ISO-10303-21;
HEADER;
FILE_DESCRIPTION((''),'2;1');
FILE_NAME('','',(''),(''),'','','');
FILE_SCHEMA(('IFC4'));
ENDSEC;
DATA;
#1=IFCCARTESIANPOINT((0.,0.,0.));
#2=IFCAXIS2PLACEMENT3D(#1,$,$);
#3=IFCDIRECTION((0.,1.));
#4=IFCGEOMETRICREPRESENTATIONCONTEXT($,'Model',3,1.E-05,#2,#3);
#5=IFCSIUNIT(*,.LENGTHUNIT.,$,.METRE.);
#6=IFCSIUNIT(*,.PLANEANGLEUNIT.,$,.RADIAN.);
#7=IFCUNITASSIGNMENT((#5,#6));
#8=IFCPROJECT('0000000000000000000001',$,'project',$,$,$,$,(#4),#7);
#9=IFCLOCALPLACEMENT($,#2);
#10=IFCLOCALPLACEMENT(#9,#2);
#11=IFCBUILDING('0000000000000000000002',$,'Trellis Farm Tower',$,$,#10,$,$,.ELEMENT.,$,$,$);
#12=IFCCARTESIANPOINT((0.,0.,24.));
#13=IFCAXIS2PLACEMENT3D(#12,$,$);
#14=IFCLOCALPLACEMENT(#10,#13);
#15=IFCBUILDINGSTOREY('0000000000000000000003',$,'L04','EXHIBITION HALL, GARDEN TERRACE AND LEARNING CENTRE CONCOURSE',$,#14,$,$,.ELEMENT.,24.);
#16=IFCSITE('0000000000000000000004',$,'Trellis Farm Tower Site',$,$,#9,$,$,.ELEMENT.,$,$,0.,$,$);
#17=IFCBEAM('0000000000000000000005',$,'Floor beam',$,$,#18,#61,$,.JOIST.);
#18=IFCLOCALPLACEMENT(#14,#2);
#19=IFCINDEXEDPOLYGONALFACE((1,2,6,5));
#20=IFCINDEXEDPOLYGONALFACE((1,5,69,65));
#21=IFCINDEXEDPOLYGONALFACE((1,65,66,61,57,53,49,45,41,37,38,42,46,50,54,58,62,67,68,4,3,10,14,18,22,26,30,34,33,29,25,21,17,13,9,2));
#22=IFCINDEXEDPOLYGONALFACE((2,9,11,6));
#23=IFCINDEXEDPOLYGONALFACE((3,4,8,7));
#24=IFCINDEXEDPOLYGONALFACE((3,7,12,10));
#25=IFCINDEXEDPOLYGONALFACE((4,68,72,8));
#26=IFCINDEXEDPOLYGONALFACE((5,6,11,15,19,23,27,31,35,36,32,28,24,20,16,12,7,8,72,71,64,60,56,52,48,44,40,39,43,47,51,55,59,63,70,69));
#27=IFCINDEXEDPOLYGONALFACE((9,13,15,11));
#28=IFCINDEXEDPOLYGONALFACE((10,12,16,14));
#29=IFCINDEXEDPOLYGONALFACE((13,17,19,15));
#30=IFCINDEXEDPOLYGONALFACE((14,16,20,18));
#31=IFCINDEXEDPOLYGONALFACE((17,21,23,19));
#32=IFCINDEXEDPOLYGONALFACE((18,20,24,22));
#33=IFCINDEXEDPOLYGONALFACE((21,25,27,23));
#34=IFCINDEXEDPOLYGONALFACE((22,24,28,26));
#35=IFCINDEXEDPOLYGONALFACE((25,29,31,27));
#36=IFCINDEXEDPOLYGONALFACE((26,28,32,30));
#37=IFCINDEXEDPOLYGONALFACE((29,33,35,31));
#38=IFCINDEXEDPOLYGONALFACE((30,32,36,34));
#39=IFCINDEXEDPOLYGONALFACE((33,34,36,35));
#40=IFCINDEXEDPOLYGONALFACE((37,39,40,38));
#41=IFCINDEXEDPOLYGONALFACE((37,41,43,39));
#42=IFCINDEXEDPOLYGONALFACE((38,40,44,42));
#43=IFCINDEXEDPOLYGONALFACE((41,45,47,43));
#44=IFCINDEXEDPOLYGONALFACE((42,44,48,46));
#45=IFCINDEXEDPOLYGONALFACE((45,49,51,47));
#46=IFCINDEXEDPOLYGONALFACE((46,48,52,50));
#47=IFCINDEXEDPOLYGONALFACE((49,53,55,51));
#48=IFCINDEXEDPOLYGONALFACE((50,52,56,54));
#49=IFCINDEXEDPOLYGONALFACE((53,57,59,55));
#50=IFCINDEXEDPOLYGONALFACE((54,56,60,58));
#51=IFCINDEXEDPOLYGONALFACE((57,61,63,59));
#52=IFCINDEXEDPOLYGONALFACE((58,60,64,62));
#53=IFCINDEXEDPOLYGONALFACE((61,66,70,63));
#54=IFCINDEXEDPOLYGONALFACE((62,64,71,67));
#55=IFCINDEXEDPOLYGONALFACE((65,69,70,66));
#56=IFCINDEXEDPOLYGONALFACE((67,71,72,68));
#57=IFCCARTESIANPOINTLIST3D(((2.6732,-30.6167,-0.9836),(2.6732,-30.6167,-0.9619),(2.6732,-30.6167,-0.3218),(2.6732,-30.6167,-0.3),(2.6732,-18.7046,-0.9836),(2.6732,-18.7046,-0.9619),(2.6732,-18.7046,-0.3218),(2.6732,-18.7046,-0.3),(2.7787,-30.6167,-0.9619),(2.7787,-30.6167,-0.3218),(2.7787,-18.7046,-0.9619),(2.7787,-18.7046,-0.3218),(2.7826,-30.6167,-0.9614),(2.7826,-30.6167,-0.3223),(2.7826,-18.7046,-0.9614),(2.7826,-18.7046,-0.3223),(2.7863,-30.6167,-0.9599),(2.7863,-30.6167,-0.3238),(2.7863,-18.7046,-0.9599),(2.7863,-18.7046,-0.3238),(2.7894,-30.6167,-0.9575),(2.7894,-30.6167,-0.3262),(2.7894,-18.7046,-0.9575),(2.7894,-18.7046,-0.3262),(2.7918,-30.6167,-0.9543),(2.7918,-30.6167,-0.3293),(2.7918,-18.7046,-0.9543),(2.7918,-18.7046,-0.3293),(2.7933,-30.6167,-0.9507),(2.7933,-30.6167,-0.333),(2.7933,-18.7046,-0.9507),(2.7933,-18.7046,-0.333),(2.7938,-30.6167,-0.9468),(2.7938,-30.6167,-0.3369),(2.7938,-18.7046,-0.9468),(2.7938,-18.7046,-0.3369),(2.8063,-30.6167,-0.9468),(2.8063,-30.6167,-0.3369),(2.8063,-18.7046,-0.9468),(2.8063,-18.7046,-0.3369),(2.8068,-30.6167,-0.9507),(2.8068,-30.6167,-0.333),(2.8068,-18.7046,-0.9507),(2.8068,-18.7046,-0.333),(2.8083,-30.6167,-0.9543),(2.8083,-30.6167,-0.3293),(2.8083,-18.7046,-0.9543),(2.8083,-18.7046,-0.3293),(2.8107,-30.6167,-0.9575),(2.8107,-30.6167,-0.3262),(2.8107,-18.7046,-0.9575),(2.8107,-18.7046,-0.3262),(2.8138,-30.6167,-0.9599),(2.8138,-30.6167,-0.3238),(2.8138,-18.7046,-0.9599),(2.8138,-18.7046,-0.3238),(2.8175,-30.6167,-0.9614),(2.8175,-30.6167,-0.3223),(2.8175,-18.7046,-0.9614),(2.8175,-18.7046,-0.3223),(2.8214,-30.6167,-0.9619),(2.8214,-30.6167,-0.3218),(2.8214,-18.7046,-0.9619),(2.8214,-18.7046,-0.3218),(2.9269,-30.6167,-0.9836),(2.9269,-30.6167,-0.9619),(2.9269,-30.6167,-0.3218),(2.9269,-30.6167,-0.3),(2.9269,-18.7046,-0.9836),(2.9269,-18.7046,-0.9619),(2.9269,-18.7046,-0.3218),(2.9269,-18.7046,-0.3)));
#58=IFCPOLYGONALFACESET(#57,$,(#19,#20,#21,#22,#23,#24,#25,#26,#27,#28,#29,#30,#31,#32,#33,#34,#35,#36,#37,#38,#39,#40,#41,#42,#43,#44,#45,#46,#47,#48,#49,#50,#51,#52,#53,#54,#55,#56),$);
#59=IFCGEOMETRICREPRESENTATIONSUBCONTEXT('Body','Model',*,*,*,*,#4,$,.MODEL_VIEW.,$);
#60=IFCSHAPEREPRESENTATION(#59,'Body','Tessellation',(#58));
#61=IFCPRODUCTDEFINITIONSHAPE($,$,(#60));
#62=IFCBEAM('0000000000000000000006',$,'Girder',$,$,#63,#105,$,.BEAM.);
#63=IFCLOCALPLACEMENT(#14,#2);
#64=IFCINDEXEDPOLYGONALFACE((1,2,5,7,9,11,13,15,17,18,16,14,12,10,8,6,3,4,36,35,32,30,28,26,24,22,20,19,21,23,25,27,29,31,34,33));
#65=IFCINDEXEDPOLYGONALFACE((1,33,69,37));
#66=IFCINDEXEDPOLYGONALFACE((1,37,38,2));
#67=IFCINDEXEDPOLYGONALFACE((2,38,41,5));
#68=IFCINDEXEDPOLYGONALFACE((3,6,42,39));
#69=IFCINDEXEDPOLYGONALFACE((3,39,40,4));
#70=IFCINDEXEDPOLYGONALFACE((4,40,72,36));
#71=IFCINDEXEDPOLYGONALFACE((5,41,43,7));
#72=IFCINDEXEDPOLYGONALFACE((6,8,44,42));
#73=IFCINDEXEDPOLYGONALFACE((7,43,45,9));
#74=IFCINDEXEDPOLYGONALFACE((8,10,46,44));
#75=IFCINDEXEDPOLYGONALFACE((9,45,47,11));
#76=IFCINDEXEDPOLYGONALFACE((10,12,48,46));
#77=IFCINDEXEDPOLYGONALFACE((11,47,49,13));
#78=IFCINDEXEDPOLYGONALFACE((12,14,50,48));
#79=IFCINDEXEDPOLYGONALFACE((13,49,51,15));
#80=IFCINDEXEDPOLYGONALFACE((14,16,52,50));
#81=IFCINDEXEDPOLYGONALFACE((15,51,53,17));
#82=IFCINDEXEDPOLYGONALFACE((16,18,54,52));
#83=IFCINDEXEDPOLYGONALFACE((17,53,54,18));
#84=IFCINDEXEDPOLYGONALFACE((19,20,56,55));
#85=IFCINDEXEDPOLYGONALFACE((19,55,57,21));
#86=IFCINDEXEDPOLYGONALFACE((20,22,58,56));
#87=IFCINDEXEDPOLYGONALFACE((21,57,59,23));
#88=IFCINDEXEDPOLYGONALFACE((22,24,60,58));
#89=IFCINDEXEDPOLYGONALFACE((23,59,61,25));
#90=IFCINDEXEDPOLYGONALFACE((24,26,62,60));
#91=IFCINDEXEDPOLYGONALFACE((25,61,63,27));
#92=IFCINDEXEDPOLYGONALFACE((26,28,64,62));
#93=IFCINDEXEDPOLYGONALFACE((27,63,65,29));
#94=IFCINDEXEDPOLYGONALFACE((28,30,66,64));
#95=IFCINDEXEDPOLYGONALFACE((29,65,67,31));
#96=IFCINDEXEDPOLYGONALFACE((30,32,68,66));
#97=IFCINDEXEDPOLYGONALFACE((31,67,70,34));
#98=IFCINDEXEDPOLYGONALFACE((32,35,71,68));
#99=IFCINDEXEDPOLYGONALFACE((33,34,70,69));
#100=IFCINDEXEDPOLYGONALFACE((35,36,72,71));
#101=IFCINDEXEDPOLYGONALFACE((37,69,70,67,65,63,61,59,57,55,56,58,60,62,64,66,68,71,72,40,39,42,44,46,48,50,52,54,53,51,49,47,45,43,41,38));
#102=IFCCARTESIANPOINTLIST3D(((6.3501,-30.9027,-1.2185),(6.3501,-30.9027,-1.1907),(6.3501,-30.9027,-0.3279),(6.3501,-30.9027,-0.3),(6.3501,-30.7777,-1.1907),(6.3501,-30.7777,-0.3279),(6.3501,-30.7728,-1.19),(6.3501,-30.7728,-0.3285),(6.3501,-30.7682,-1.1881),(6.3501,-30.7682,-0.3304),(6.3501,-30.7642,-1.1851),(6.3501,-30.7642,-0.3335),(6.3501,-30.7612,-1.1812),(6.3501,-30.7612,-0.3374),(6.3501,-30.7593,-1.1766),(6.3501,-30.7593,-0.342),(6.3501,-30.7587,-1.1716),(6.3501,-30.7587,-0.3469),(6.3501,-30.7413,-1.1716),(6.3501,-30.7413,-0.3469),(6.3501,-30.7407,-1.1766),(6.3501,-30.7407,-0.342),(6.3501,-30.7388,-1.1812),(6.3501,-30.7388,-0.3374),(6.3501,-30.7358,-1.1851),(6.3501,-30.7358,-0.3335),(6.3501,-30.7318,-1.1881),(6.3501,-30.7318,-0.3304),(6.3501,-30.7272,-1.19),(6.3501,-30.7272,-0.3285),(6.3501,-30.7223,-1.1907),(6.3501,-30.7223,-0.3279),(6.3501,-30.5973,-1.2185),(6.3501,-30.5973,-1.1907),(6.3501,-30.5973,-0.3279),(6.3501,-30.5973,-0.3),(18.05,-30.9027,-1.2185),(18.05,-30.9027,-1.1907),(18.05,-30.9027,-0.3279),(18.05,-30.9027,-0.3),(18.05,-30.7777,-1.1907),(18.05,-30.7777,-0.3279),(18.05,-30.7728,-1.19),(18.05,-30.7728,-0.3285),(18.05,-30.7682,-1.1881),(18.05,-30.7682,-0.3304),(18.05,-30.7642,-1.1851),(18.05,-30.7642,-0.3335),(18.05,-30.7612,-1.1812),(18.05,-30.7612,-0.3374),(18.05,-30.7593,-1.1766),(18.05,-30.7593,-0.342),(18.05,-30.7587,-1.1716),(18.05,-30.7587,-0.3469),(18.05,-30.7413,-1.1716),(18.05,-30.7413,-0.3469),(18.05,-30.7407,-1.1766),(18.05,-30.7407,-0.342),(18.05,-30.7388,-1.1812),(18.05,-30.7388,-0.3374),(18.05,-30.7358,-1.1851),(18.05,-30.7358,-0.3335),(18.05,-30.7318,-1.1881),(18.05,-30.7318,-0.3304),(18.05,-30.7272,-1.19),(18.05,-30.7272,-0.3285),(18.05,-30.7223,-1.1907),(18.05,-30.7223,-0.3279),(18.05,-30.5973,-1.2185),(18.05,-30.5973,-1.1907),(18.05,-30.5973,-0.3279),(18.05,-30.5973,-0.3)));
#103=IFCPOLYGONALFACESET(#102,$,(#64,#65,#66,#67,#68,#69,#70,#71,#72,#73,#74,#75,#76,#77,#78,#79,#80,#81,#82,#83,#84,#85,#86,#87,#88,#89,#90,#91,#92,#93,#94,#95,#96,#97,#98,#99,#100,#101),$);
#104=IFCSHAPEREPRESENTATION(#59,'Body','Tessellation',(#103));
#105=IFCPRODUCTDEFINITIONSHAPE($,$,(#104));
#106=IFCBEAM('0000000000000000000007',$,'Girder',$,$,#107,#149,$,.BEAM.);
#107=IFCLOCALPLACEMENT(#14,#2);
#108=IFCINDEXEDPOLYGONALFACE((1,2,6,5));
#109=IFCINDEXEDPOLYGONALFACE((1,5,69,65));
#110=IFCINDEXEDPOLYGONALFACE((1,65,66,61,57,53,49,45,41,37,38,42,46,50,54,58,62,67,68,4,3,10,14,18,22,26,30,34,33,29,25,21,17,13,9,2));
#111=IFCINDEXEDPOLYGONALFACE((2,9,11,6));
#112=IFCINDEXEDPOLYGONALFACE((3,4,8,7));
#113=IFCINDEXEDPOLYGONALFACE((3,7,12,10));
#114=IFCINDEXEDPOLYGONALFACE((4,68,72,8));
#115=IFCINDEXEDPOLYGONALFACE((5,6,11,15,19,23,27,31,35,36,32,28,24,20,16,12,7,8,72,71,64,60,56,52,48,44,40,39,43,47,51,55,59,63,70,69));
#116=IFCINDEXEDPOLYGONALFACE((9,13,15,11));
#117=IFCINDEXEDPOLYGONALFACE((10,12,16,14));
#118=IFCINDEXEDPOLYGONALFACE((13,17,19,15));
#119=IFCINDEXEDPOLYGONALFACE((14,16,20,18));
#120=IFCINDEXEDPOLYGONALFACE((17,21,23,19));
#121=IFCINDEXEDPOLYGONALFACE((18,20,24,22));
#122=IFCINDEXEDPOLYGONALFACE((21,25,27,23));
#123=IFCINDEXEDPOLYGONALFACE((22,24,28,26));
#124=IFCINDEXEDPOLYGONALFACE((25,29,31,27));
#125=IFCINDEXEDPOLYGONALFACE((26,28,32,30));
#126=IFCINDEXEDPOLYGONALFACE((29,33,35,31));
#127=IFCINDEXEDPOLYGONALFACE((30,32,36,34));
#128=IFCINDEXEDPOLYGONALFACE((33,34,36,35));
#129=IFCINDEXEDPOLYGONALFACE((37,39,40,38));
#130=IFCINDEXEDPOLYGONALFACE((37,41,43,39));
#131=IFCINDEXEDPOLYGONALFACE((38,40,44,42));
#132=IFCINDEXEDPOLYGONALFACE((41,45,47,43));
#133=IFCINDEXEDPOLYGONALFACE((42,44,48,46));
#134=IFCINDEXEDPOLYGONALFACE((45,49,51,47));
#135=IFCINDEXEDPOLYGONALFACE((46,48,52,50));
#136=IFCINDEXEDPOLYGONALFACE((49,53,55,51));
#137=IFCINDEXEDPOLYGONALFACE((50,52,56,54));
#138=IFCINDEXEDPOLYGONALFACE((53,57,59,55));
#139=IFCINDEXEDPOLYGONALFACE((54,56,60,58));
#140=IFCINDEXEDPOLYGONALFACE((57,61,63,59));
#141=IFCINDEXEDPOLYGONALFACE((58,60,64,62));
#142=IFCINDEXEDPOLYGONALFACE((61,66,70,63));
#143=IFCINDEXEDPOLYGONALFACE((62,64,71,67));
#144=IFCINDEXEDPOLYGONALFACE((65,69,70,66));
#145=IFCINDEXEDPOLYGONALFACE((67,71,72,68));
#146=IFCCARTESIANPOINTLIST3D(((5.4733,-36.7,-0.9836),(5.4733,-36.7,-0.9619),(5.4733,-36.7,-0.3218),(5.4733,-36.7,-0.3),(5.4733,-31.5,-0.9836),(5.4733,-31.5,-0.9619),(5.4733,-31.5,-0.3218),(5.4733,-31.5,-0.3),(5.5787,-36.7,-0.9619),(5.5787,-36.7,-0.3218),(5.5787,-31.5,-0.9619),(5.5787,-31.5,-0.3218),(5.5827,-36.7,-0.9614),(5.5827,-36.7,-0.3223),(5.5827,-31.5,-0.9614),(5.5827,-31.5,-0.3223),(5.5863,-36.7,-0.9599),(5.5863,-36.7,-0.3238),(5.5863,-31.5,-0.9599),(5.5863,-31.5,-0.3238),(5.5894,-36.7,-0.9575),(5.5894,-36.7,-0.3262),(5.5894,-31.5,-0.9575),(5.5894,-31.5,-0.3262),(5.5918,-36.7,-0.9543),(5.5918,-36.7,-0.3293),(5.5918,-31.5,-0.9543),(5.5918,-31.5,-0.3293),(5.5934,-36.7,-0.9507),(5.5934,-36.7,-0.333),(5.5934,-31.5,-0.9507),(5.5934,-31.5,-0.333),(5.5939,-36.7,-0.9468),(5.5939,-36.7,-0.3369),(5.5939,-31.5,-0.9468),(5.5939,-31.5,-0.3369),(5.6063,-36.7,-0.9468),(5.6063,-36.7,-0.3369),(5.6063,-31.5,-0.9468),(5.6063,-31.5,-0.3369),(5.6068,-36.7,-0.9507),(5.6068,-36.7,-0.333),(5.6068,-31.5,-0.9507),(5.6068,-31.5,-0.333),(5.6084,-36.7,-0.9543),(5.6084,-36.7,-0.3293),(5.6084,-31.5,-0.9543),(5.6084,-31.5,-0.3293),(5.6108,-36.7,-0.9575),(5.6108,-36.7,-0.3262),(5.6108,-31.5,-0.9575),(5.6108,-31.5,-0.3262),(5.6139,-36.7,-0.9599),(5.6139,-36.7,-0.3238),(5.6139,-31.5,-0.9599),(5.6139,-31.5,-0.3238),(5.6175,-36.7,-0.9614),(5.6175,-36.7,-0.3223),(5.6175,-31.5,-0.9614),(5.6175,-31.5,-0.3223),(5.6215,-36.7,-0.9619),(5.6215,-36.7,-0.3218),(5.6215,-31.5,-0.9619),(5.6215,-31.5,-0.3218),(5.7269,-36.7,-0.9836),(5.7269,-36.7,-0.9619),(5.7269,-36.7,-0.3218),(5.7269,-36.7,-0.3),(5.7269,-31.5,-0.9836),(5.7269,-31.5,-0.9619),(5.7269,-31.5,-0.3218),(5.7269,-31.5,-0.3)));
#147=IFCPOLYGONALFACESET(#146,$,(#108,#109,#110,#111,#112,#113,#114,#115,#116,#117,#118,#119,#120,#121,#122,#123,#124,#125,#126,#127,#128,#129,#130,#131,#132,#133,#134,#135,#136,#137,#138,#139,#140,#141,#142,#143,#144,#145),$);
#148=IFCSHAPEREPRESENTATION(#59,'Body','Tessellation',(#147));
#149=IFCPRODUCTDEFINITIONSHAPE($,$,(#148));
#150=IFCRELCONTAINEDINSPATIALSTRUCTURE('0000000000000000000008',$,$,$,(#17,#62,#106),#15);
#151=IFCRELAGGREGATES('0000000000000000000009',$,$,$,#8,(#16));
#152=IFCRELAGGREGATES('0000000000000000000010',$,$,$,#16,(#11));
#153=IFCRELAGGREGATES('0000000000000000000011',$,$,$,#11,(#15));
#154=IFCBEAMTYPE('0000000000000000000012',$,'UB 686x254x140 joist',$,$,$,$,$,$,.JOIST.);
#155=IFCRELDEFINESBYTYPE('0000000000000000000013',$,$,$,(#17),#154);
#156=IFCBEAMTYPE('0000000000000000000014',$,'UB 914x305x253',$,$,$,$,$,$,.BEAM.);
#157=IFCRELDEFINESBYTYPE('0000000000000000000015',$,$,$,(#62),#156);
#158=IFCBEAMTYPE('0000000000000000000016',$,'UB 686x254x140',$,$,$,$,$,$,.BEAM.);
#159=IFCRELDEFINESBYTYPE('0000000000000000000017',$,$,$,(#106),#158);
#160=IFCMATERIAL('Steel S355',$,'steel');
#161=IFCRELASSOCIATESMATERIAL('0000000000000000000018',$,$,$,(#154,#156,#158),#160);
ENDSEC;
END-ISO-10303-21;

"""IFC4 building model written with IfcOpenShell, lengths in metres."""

from ifc_helpers import new_model, si_unit, direction, frame, origin, origin_2d, place, context, subcontext, project, spatial, i_section, extrude, source, transform, mapped, material, material_profile, profile_set, type_object, element, save


model = new_model("IFC4")

# Units and contexts
model_context = context("Model", 3, precision=1e-05, world=origin(), true_north=direction((0.0, 1.0)))
body_context = subcontext(model_context, "Body", "Model", "MODEL_VIEW")
ifc_project = project(units=[si_unit("LENGTHUNIT", "METRE"), si_unit("PLANEANGLEUNIT", "RADIAN")], contexts=[model_context])

# Site, building, storey
site_placement = place(None, origin())
site = spatial("IfcSite", under=ifc_project, at=site_placement, Name="Trellis Farm Tower Site", CompositionType="ELEMENT", RefElevation=0.0)
building_placement = place(site_placement, origin())
building = spatial("IfcBuilding", under=site, at=building_placement, Name="Trellis Farm Tower", CompositionType="ELEMENT")
storey_placement = place(building_placement, frame((0.0, 0.0, 24.0)))
storey = spatial("IfcBuildingStorey", under=building, at=storey_placement, Name="L04", Description="EXHIBITION HALL, GARDEN TERRACE AND LEARNING CENTRE CONCOURSE", CompositionType="ELEMENT", Elevation=24.0)

# Beams
ifc_material_1 = material(Name="Steel S355", Category="steel")
ifc_material_profile_1 = material_profile(ifc_material_1, i_section(OverallWidth=0.2537, OverallDepth=0.6836, WebThickness=0.0125, FlangeThickness=0.0217, FilletRadius=0.0151, at=origin_2d()), Name="UB 686x254x140")
ifc_profile_set_1 = profile_set([ifc_material_profile_1], Name="Steel S355")
beam_type_1 = type_object("IfcBeamType", Name="UB 686x254x140 joist", PredefinedType="JOIST", material=ifc_profile_set_1)
ifc_material_profile_2 = material_profile(ifc_material_1, i_section(OverallWidth=0.3054, OverallDepth=0.9185, WebThickness=0.0173, FlangeThickness=0.0278, FilletRadius=0.019, at=origin_2d()), Name="UB 914x305x253")
ifc_profile_set_2 = profile_set([ifc_material_profile_2], Name="Steel S355")
beam_type_2 = type_object("IfcBeamType", Name="UB 914x305x253", PredefinedType="BEAM", material=ifc_profile_set_2)
shared_shape_1 = source(origin(), body_context, "Body", "SweptSolid", [
    extrude(i_section(OverallWidth=0.2537, OverallDepth=0.6836, WebThickness=0.0125, FlangeThickness=0.0217, FilletRadius=0.0151, at=origin_2d()), origin(), (0.0, 0.0, 1.0), 11.9121),
])
beam_1_placement = place(storey_placement, frame((2.8, -30.6167, -0.6418), z_axis=(0.0, 1.0, 0.0), x_axis=(-1.0, 0.0, 0.0)))
element("IfcBeam", 1, at=beam_1_placement, inside=storey, type_object=beam_type_1, Name="Floor beam", PredefinedType="JOIST", context=body_context, shape_type="MappedRepresentation", body=[
    mapped(shared_shape_1, transform((0.0, 0.0, 0.0))),
])
shared_shape_2 = source(origin(), body_context, "Body", "SweptSolid", [
    extrude(i_section(OverallWidth=0.3054, OverallDepth=0.9185, WebThickness=0.0173, FlangeThickness=0.0278, FilletRadius=0.019, at=origin_2d()), origin(), (0.0, 0.0, 1.0), 11.7),
])
beam_2_placement = place(storey_placement, frame((6.3501, -30.75, -0.7593), z_axis=(1.0, 0.0, 0.0), x_axis=(0.0, 1.0, 0.0)))
element("IfcBeam", 2, at=beam_2_placement, inside=storey, type_object=beam_type_2, Name="Girder", PredefinedType="BEAM", context=body_context, shape_type="MappedRepresentation", body=[
    mapped(shared_shape_2, transform((0.0, 0.0, 0.0))),
])
ifc_material_profile_3 = material_profile(ifc_material_1, i_section(OverallWidth=0.2537, OverallDepth=0.6836, WebThickness=0.0125, FlangeThickness=0.0217, FilletRadius=0.0151, at=origin_2d()), Name="UB 686x254x140")
ifc_profile_set_3 = profile_set([ifc_material_profile_3], Name="Steel S355")
beam_type_3 = type_object("IfcBeamType", Name="UB 686x254x140", PredefinedType="BEAM", material=ifc_profile_set_3)
shared_shape_3 = source(origin(), body_context, "Body", "SweptSolid", [
    extrude(i_section(OverallWidth=0.2537, OverallDepth=0.6836, WebThickness=0.0125, FlangeThickness=0.0217, FilletRadius=0.0151, at=origin_2d()), origin(), (0.0, 0.0, 1.0), 5.2),
])
beam_3_placement = place(storey_placement, frame((5.6001, -36.7, -0.6418), z_axis=(0.0, 1.0, 0.0), x_axis=(-1.0, 0.0, 0.0)))
element("IfcBeam", 3, at=beam_3_placement, inside=storey, type_object=beam_type_3, Name="Girder", PredefinedType="BEAM", context=body_context, shape_type="MappedRepresentation", body=[
    mapped(shared_shape_3, transform((0.0, 0.0, 0.0))),
])

save(model, "model.ifc")
